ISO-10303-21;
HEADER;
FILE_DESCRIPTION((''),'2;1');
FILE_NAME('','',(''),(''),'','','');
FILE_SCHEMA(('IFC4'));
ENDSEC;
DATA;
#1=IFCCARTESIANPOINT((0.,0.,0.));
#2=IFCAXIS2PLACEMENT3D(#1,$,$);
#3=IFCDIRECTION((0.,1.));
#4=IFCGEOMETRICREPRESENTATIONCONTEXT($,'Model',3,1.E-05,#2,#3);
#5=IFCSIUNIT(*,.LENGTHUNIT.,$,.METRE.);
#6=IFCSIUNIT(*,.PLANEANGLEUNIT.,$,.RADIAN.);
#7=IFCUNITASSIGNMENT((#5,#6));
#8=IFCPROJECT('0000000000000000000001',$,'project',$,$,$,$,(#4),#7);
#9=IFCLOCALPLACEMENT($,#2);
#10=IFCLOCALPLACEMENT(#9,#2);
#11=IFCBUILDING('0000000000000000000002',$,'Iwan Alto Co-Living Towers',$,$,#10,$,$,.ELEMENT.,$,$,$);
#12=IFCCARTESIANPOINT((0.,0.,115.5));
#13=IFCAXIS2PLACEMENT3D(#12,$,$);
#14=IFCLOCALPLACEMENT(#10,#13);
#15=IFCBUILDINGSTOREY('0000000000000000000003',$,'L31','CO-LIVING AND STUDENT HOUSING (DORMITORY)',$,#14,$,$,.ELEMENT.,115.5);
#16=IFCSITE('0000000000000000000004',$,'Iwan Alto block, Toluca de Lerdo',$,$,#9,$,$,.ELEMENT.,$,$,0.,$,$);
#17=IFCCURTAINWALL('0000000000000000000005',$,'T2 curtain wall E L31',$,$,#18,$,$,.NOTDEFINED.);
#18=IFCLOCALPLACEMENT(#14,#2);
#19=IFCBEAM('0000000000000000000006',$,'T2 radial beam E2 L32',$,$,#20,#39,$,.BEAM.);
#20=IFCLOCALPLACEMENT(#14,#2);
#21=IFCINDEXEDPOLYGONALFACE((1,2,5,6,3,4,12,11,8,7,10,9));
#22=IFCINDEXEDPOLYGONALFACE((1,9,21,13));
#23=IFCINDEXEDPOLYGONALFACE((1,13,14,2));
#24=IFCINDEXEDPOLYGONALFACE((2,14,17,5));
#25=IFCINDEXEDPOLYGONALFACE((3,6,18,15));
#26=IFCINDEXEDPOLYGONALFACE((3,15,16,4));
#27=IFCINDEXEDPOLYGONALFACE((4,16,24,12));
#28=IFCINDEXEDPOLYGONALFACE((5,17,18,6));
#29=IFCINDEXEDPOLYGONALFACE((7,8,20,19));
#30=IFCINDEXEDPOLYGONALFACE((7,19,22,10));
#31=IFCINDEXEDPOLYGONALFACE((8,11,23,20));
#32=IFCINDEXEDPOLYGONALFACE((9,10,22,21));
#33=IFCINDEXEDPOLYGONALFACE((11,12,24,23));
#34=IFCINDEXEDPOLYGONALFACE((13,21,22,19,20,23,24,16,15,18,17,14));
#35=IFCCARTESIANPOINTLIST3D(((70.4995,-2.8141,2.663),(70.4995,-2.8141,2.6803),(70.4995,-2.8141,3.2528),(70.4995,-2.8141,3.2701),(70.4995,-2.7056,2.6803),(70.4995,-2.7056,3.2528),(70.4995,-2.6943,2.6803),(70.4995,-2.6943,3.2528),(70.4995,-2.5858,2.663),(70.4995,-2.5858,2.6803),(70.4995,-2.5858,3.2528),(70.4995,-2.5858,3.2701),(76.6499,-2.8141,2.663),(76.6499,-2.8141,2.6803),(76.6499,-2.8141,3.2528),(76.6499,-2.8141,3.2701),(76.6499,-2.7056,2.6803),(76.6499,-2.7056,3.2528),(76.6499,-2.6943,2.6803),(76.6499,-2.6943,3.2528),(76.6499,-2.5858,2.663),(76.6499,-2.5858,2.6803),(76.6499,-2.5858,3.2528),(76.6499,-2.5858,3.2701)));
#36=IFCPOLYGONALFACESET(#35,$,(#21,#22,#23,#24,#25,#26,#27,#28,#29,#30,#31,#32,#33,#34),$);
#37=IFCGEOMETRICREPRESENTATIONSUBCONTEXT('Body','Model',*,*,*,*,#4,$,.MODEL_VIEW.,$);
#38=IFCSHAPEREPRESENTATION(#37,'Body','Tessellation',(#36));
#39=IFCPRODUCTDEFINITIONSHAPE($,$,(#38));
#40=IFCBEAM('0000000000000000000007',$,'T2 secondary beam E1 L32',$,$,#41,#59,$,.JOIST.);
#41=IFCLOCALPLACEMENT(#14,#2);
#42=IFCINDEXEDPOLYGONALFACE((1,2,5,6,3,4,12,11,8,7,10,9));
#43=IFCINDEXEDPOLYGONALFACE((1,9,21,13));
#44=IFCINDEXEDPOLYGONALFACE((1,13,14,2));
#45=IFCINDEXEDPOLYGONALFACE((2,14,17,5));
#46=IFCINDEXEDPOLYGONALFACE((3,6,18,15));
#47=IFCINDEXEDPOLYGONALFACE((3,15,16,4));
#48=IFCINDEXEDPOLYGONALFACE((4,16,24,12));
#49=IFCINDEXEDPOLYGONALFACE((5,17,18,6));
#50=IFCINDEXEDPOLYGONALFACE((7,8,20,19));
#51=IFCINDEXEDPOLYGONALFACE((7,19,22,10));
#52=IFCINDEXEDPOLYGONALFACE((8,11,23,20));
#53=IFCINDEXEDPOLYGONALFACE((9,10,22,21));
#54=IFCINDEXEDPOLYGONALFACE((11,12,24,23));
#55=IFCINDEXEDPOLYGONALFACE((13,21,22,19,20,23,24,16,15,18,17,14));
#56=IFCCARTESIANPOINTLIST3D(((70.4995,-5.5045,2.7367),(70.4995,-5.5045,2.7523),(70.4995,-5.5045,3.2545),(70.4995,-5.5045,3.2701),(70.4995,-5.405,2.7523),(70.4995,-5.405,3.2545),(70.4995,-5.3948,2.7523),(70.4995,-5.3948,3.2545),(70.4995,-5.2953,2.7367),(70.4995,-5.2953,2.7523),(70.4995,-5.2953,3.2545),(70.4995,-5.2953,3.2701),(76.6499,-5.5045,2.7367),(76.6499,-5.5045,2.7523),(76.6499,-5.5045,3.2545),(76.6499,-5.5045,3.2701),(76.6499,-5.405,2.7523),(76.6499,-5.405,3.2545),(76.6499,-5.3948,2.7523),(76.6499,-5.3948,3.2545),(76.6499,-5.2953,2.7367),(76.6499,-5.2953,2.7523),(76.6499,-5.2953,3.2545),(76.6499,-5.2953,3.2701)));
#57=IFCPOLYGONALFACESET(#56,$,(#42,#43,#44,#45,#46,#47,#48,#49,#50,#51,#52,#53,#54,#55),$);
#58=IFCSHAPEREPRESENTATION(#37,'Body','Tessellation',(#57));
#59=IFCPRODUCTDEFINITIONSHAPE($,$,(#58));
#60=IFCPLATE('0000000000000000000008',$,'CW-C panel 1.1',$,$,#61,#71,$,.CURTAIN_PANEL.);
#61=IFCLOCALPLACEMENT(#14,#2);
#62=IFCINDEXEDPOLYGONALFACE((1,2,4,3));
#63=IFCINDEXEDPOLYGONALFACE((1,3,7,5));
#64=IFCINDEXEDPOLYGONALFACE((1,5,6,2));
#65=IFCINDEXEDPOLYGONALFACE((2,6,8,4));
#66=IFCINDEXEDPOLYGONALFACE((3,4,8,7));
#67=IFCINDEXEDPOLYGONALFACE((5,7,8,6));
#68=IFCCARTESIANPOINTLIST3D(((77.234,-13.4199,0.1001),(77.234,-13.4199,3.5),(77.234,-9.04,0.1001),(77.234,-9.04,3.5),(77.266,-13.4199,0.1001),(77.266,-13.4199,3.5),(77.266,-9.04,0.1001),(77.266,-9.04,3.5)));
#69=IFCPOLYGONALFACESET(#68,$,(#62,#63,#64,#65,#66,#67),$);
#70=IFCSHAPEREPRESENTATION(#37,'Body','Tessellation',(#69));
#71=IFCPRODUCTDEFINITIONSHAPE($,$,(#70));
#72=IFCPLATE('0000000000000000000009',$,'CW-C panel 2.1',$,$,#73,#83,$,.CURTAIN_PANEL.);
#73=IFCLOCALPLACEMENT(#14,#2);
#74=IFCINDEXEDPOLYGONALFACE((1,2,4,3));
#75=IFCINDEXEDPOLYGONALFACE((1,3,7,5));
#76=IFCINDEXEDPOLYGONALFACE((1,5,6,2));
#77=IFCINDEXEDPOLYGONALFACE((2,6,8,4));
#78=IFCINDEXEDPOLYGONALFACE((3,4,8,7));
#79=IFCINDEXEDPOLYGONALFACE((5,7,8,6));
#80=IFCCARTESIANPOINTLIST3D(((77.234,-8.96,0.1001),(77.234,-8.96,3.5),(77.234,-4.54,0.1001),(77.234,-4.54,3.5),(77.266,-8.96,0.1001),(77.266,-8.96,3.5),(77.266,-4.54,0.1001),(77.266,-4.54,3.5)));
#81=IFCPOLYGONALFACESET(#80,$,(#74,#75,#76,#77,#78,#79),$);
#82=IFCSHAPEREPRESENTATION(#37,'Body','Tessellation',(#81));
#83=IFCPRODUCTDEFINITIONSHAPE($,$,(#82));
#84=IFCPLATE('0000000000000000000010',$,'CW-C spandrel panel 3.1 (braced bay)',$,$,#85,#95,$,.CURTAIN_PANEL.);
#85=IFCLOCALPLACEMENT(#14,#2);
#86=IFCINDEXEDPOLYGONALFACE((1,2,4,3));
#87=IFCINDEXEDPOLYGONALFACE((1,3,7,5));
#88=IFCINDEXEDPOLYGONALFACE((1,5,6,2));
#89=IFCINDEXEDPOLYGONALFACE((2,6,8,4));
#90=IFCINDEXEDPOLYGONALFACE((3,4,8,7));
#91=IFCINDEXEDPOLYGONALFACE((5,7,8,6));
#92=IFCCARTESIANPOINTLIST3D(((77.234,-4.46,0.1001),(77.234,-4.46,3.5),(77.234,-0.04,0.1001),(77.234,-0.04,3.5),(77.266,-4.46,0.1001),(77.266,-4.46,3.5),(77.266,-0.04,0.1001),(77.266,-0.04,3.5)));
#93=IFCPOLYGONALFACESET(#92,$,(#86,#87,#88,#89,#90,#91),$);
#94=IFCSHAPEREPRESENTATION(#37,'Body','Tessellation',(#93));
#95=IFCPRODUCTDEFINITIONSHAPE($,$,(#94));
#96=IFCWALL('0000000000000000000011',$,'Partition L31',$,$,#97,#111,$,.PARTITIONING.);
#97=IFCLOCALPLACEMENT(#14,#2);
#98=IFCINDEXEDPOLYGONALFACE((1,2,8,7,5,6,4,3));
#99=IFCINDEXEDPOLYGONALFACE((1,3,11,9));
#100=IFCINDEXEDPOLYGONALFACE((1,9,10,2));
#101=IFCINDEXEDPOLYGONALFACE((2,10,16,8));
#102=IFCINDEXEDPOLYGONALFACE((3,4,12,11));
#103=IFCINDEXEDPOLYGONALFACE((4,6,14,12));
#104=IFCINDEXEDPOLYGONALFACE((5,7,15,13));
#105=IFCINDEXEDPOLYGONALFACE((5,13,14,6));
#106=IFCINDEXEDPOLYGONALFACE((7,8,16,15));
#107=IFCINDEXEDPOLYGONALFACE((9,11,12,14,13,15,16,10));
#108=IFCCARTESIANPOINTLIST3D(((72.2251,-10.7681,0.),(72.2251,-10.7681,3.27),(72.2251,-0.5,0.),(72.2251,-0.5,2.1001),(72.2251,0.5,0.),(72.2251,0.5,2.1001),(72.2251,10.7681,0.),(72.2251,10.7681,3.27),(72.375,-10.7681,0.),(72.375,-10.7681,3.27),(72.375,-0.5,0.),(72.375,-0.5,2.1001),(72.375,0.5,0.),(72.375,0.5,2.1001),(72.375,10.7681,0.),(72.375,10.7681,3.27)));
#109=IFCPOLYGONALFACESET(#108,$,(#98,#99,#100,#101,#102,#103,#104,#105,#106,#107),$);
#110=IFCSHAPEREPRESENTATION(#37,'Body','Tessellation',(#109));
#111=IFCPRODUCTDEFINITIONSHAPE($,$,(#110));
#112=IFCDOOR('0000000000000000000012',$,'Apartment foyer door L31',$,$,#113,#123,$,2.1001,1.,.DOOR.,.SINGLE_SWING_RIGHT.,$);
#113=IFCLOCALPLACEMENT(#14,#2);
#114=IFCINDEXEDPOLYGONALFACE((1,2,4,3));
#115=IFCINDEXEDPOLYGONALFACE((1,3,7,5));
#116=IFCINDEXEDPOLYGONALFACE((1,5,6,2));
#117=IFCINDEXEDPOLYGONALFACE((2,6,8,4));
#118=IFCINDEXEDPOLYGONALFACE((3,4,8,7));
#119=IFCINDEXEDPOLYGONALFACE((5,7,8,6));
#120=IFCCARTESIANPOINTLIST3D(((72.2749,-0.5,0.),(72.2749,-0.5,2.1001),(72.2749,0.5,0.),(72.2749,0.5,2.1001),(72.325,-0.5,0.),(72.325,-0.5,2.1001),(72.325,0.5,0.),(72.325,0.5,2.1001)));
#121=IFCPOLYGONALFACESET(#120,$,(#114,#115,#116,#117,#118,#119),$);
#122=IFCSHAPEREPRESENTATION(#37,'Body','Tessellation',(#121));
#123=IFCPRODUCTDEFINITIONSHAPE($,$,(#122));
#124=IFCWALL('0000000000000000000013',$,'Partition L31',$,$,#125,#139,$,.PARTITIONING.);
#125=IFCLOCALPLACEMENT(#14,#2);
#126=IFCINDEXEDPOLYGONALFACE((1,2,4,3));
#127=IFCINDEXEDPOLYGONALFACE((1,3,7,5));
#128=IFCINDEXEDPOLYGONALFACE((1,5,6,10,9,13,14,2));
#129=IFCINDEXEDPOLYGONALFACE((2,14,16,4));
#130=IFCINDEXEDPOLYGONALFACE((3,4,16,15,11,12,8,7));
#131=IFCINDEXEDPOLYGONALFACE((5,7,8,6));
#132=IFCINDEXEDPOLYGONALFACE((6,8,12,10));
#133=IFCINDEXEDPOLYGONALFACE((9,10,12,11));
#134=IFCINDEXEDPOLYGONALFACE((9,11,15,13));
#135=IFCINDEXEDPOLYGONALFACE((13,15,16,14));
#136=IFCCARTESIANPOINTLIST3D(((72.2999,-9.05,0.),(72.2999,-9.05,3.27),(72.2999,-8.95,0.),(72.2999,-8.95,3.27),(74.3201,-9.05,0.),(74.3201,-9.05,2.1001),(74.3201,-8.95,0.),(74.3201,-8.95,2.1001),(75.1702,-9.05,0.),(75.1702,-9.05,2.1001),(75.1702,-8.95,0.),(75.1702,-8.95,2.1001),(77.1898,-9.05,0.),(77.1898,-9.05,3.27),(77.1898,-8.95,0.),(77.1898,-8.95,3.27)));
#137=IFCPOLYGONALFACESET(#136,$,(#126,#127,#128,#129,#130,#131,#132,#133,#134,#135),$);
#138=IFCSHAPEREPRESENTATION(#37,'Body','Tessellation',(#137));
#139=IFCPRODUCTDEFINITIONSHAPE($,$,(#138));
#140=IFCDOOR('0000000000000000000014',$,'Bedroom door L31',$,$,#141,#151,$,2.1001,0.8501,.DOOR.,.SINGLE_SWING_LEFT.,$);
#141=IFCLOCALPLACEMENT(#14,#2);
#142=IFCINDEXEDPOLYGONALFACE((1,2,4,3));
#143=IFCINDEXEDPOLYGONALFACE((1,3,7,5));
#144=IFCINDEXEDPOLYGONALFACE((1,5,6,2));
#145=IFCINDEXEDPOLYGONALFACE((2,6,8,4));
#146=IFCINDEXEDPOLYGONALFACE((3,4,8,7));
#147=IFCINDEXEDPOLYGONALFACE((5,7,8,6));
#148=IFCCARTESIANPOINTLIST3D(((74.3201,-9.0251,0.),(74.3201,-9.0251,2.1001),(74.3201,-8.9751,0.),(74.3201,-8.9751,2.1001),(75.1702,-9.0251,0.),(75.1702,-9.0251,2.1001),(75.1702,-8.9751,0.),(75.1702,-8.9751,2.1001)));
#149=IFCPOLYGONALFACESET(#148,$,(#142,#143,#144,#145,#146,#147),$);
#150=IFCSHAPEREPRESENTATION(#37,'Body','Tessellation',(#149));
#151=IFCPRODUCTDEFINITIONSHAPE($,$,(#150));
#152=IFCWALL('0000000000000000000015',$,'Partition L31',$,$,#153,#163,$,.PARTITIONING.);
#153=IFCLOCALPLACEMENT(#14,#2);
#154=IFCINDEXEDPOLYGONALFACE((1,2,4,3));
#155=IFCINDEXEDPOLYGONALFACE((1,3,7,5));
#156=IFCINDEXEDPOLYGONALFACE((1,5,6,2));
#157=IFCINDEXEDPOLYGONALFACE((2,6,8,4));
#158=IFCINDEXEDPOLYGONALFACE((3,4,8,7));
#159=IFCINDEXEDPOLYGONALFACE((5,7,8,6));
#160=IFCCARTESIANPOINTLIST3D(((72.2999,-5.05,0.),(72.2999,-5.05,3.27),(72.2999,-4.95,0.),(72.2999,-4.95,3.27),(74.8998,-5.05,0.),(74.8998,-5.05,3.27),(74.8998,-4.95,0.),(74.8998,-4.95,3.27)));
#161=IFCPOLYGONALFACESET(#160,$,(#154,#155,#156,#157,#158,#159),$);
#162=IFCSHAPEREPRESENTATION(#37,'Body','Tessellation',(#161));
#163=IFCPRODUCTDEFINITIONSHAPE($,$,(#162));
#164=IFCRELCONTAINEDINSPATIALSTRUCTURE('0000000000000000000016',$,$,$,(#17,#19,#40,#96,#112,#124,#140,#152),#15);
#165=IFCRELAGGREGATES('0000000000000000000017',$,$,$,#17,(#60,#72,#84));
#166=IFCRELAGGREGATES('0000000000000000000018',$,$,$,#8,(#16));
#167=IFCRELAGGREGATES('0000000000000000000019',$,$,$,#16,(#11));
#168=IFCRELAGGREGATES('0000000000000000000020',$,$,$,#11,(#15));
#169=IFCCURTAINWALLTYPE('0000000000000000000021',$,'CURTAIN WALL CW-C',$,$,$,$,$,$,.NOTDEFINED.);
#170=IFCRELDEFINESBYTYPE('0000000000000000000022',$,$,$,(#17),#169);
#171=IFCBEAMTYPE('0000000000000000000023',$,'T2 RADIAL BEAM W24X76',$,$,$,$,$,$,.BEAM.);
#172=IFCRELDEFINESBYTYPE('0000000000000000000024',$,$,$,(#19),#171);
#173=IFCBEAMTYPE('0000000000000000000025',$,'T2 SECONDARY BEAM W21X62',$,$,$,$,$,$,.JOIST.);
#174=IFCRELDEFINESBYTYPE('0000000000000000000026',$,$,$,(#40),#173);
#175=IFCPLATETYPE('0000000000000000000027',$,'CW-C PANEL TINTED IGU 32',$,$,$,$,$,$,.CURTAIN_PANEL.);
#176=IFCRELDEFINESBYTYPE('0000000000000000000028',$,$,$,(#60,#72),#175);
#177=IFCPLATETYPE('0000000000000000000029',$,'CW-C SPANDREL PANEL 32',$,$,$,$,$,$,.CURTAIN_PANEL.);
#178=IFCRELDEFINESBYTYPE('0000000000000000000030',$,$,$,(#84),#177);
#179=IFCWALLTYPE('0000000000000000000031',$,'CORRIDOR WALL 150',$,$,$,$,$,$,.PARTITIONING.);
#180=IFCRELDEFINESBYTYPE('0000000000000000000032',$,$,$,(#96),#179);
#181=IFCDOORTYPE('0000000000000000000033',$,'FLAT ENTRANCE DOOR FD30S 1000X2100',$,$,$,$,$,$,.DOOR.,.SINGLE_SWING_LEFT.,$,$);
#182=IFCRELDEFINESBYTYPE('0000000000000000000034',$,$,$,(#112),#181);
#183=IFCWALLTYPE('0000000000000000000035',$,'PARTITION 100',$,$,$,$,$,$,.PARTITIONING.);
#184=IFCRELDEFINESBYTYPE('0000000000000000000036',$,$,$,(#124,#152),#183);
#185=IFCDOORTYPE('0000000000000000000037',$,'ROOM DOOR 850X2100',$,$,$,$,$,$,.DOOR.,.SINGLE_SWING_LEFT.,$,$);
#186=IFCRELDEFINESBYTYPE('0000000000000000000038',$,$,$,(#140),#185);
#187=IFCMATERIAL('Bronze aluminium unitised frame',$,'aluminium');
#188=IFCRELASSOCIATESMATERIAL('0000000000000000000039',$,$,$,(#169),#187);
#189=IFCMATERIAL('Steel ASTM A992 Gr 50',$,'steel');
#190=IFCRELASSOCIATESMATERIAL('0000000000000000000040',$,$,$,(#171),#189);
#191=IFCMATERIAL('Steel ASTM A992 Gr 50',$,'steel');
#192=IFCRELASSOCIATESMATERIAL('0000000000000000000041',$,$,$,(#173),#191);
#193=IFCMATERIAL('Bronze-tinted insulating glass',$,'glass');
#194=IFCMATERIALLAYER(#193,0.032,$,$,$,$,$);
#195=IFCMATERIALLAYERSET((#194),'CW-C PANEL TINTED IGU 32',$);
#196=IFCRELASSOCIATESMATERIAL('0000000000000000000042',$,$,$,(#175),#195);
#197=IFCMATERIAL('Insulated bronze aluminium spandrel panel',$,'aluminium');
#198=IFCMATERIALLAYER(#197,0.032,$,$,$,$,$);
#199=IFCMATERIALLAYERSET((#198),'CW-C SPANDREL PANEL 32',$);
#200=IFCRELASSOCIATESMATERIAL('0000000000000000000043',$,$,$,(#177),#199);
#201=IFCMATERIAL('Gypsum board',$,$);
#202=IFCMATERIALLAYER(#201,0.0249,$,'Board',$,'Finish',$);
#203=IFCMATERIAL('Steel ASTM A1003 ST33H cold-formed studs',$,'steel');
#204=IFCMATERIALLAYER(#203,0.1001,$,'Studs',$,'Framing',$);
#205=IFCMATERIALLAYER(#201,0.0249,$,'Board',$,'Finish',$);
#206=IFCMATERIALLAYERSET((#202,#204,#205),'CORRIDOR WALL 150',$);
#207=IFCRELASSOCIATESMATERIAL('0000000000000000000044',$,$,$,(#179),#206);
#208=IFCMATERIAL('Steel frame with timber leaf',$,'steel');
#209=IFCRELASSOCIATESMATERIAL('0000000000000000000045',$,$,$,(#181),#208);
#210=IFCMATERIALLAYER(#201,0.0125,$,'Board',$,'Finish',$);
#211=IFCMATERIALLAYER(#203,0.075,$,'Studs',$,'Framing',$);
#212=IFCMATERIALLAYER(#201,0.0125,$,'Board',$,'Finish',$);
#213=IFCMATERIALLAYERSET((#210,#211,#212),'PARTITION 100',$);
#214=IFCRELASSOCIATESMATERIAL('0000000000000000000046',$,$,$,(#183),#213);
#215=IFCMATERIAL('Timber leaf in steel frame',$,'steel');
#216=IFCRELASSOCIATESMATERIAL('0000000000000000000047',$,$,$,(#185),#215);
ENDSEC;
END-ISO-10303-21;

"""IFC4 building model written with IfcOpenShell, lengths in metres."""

from ifc_helpers import new_model, si_unit, direction, frame, frame_2d, origin, origin_2d, place, context, subcontext, project, spatial, rectangle, i_section, extrude, material, layer, layer_set, material_profile, profile_set, type_object, element, fill, aggregate, save


model = new_model("IFC4")

# Units and contexts
model_context = context("Model", 3, precision=1e-05, world=origin(), true_north=direction((0.0, 1.0)))
body_context = subcontext(model_context, "Body", "Model", "MODEL_VIEW")
ifc_project = project(units=[si_unit("LENGTHUNIT", "METRE"), si_unit("PLANEANGLEUNIT", "RADIAN")], contexts=[model_context])

# Site, building, storey
site_placement = place(None, origin())
site = spatial("IfcSite", under=ifc_project, at=site_placement, Name="Iwan Alto block, Toluca de Lerdo", CompositionType="ELEMENT", RefElevation=0.0)
building_placement = place(site_placement, origin())
building = spatial("IfcBuilding", under=site, at=building_placement, Name="Iwan Alto Co-Living Towers", CompositionType="ELEMENT")
storey_placement = place(building_placement, frame((0.0, 0.0, 115.5)))
storey = spatial("IfcBuildingStorey", under=building, at=storey_placement, Name="L31", Description="CO-LIVING AND STUDENT HOUSING (DORMITORY)", CompositionType="ELEMENT", Elevation=115.5)

# Curtain wall
ifc_material_1 = material(Name="Bronze aluminium unitised frame", Category="aluminium")
curtain_wall_type = type_object("IfcCurtainWallType", Name="CURTAIN WALL CW-C", PredefinedType="NOTDEFINED", material=ifc_material_1)
curtain_wall_placement = place(storey_placement, origin())
curtain_wall = element("IfcCurtainWall", 1, at=curtain_wall_placement, inside=storey, type_object=curtain_wall_type, Name="T2 curtain wall E L31", PredefinedType="NOTDEFINED")

# Beams
ifc_material_2 = material(Name="Steel ASTM A992 Gr 50", Category="steel")
ifc_material_profile_1 = material_profile(ifc_material_2, i_section(OverallWidth=0.2283, OverallDepth=0.6072, WebThickness=0.0112, FlangeThickness=0.0173, at=origin_2d()), Name="W24X76")
ifc_profile_set_1 = profile_set([ifc_material_profile_1], Name="Steel ASTM A992 Gr 50")
beam_type_1 = type_object("IfcBeamType", Name="T2 RADIAL BEAM W24X76", PredefinedType="BEAM", material=ifc_profile_set_1)
for number, where, z_axis, x_axis, name in (
    (2, (76.6499, -2.7, 2.9666), (-1.0, 0.0, 0.0), (0.0, -1.0, 0.0), "T2 radial beam E2 L32"),
):
    element("IfcBeam", number, at=place(storey_placement, frame(where, z_axis=z_axis, x_axis=x_axis)), inside=storey, type_object=beam_type_1, Name=name, PredefinedType="BEAM", context=body_context, shape_type="SweptSolid", body=[
        extrude(i_section(OverallWidth=0.2283, OverallDepth=0.6072, WebThickness=0.0112, FlangeThickness=0.0173, at=origin_2d()), origin(), (0.0, 0.0, 1.0), 6.1504),
    ])
ifc_material_3 = material(Name="Steel ASTM A992 Gr 50", Category="steel")
ifc_material_profile_2 = material_profile(ifc_material_3, i_section(OverallWidth=0.2092, OverallDepth=0.5334, WebThickness=0.0103, FlangeThickness=0.0156, at=origin_2d()), Name="W21X62")
ifc_profile_set_2 = profile_set([ifc_material_profile_2], Name="Steel ASTM A992 Gr 50")
beam_type_2 = type_object("IfcBeamType", Name="T2 SECONDARY BEAM W21X62", PredefinedType="JOIST", material=ifc_profile_set_2)
beam_1_placement = place(storey_placement, frame((76.6499, -5.3999, 3.0034), z_axis=(-1.0, 0.0, 0.0), x_axis=(0.0, -1.0, 0.0)))
element("IfcBeam", 3, at=beam_1_placement, inside=storey, type_object=beam_type_2, Name="T2 secondary beam E1 L32", PredefinedType="JOIST", context=body_context, shape_type="SweptSolid", body=[
    extrude(i_section(OverallWidth=0.2092, OverallDepth=0.5334, WebThickness=0.0103, FlangeThickness=0.0156, at=origin_2d()), origin(), (0.0, 0.0, 1.0), 6.1504),
])

# Plates
ifc_material_4 = material(Name="Bronze-tinted insulating glass", Category="glass")
ifc_layer_1 = layer(ifc_material_4, 0.032)
ifc_layer_set_1 = layer_set([ifc_layer_1], Name="CW-C PANEL TINTED IGU 32")
plate_type_1 = type_object("IfcPlateType", Name="CW-C PANEL TINTED IGU 32", PredefinedType="CURTAIN_PANEL", material=ifc_layer_set_1)
plate_1_placement = place(storey_placement, frame((77.25, -11.23, 0.1001), z_axis=(0.0, 0.0, 1.0), x_axis=(0.0, 1.0, 0.0)))
plate_1 = element("IfcPlate", 4, at=plate_1_placement, type_object=plate_type_1, Name="CW-C panel 1.1", PredefinedType="CURTAIN_PANEL", context=body_context, shape_type="SweptSolid", body=[
    extrude(rectangle(XDim=4.3799, YDim=0.032, at=origin_2d()), origin(), (0.0, 0.0, 1.0), 3.3999),
])
plate_2_placement = place(storey_placement, frame((77.25, -6.75, 0.1001), z_axis=(0.0, 0.0, 1.0), x_axis=(0.0, 1.0, 0.0)))
plate_2 = element("IfcPlate", 5, at=plate_2_placement, type_object=plate_type_1, Name="CW-C panel 2.1", PredefinedType="CURTAIN_PANEL", context=body_context, shape_type="SweptSolid", body=[
    extrude(rectangle(XDim=4.4199, YDim=0.032, at=origin_2d()), origin(), (0.0, 0.0, 1.0), 3.3999),
])
ifc_material_5 = material(Name="Insulated bronze aluminium spandrel panel", Category="aluminium")
ifc_layer_2 = layer(ifc_material_5, 0.032)
ifc_layer_set_2 = layer_set([ifc_layer_2], Name="CW-C SPANDREL PANEL 32")
plate_type_2 = type_object("IfcPlateType", Name="CW-C SPANDREL PANEL 32", PredefinedType="CURTAIN_PANEL", material=ifc_layer_set_2)
plate_3_placement = place(storey_placement, frame((77.25, -2.25, 0.1001), z_axis=(0.0, 0.0, 1.0), x_axis=(0.0, 1.0, 0.0)))
plate_3 = element("IfcPlate", 6, at=plate_3_placement, type_object=plate_type_2, Name="CW-C spandrel panel 3.1 (braced bay)", PredefinedType="CURTAIN_PANEL", context=body_context, shape_type="SweptSolid", body=[
    extrude(rectangle(XDim=4.4199, YDim=0.032, at=origin_2d()), origin(), (0.0, 0.0, 1.0), 3.3999),
])
aggregate(curtain_wall, [plate_1, plate_2, plate_3])

# Walls, openings, doors
ifc_material_6 = material(Name="Gypsum board")
ifc_layer_3 = layer(ifc_material_6, 0.0249, Name="Board", Category="Finish")
ifc_material_7 = material(Name="Steel ASTM A1003 ST33H cold-formed studs", Category="steel")
ifc_layer_4 = layer(ifc_material_7, 0.1001, Name="Studs", Category="Framing")
ifc_layer_5 = layer(ifc_material_6, 0.0249, Name="Board", Category="Finish")
ifc_layer_set_3 = layer_set([ifc_layer_3, ifc_layer_4, ifc_layer_5], Name="CORRIDOR WALL 150")
wall_type_1 = type_object("IfcWallType", Name="CORRIDOR WALL 150", PredefinedType="PARTITIONING", material=ifc_layer_set_3)
wall_1_placement = place(storey_placement, frame((72.3, -10.7681, 0.0), z_axis=(0.0, 0.0, 1.0), x_axis=(0.0, 1.0, 0.0)))
wall_1 = element("IfcWall", 7, at=wall_1_placement, inside=storey, type_object=wall_type_1, Name="Partition L31", PredefinedType="PARTITIONING", context=body_context, shape_type="SweptSolid", body=[
    extrude(rectangle(XDim=21.5361, YDim=0.1499, at=frame_2d((10.7681, 0.0))), origin(), (0.0, 0.0, 1.0), 3.27),
])
opening_1_placement = place(wall_1_placement, frame((10.2681, 0.0, 0.0)))
opening_1 = element("IfcOpeningElement", 8, at=opening_1_placement, cuts=wall_1, PredefinedType="OPENING", context=body_context, shape_type="SweptSolid", body=[
    extrude(rectangle(XDim=1.0, YDim=2.1001, at=frame_2d((0.5, 1.05))), frame((0.0, 0.085, 0.0), z_axis=(0.0, -1.0, 0.0), x_axis=(1.0, 0.0, 0.0)), (0.0, 0.0, 1.0), 0.1699),
])
ifc_material_8 = material(Name="Steel frame with timber leaf", Category="steel")
door_type_1 = type_object("IfcDoorType", Name="FLAT ENTRANCE DOOR FD30S 1000X2100", OperationType="SINGLE_SWING_LEFT", PredefinedType="DOOR", material=ifc_material_8)
door_1_placement = place(opening_1_placement, frame((1.0, 0.0, 0.0), z_axis=(0.0, 0.0, 1.0), x_axis=(-1.0, 0.0, 0.0)))
door_1 = element("IfcDoor", 9, at=door_1_placement, inside=storey, type_object=door_type_1, Name="Apartment foyer door L31", OperationType="SINGLE_SWING_RIGHT", OverallHeight=2.1001, OverallWidth=1.0, PredefinedType="DOOR", context=body_context, shape_type="SweptSolid", body=[
    extrude(rectangle(XDim=1.0, YDim=2.1001, at=frame_2d((0.5, 1.05))), frame((0.0, 0.0249, 0.0), z_axis=(0.0, -1.0, 0.0), x_axis=(1.0, 0.0, 0.0)), (0.0, 0.0, 1.0), 0.05),
])
fill(opening_1, door_1)
ifc_layer_6 = layer(ifc_material_6, 0.0125, Name="Board", Category="Finish")
ifc_layer_7 = layer(ifc_material_7, 0.075, Name="Studs", Category="Framing")
ifc_layer_8 = layer(ifc_material_6, 0.0125, Name="Board", Category="Finish")
ifc_layer_set_4 = layer_set([ifc_layer_6, ifc_layer_7, ifc_layer_8], Name="PARTITION 100")
wall_type_2 = type_object("IfcWallType", Name="PARTITION 100", PredefinedType="PARTITIONING", material=ifc_layer_set_4)
wall_2_placement = place(storey_placement, frame((72.3, -9.0, 0.0), z_axis=(0.0, 0.0, 1.0), x_axis=(1.0, 0.0, 0.0)))
wall_2 = element("IfcWall", 10, at=wall_2_placement, inside=storey, type_object=wall_type_2, Name="Partition L31", PredefinedType="PARTITIONING", context=body_context, shape_type="SweptSolid", body=[
    extrude(rectangle(XDim=4.8899, YDim=0.1001, at=frame_2d((2.4448, 0.0))), origin(), (0.0, 0.0, 1.0), 3.27),
])
opening_2_placement = place(wall_2_placement, frame((2.02, 0.0, 0.0)))
opening_2 = element("IfcOpeningElement", 11, at=opening_2_placement, cuts=wall_2, PredefinedType="OPENING", context=body_context, shape_type="SweptSolid", body=[
    extrude(rectangle(XDim=0.8501, YDim=2.1001, at=frame_2d((0.425, 1.05))), frame((0.0, 0.0601, 0.0), z_axis=(0.0, -1.0, 0.0), x_axis=(1.0, 0.0, 0.0)), (0.0, 0.0, 1.0), 0.1201),
])
ifc_material_9 = material(Name="Timber leaf in steel frame", Category="steel")
door_type_2 = type_object("IfcDoorType", Name="ROOM DOOR 850X2100", OperationType="SINGLE_SWING_LEFT", PredefinedType="DOOR", material=ifc_material_9)
door_2_placement = place(opening_2_placement, origin())
door_2 = element("IfcDoor", 12, at=door_2_placement, inside=storey, type_object=door_type_2, Name="Bedroom door L31", OperationType="SINGLE_SWING_LEFT", OverallHeight=2.1001, OverallWidth=0.8501, PredefinedType="DOOR", context=body_context, shape_type="SweptSolid", body=[
    extrude(rectangle(XDim=0.8501, YDim=2.1001, at=frame_2d((0.425, 1.05))), frame((0.0, 0.0249, 0.0), z_axis=(0.0, -1.0, 0.0), x_axis=(1.0, 0.0, 0.0)), (0.0, 0.0, 1.0), 0.05),
])
fill(opening_2, door_2)

# Wall
for number, where, z_axis, x_axis, name in (
    (13, (72.3, -5.0, 0.0), (0.0, 0.0, 1.0), (1.0, 0.0, 0.0), "Partition L31"),
):
    element("IfcWall", number, at=place(storey_placement, frame(where, z_axis=z_axis, x_axis=x_axis)), inside=storey, type_object=wall_type_2, Name=name, PredefinedType="PARTITIONING", context=body_context, shape_type="SweptSolid", body=[
        extrude(rectangle(XDim=2.5999, YDim=0.1001, at=frame_2d((1.2998, 0.0))), origin(), (0.0, 0.0, 1.0), 3.27),
    ])

save(model, "model.ifc")
